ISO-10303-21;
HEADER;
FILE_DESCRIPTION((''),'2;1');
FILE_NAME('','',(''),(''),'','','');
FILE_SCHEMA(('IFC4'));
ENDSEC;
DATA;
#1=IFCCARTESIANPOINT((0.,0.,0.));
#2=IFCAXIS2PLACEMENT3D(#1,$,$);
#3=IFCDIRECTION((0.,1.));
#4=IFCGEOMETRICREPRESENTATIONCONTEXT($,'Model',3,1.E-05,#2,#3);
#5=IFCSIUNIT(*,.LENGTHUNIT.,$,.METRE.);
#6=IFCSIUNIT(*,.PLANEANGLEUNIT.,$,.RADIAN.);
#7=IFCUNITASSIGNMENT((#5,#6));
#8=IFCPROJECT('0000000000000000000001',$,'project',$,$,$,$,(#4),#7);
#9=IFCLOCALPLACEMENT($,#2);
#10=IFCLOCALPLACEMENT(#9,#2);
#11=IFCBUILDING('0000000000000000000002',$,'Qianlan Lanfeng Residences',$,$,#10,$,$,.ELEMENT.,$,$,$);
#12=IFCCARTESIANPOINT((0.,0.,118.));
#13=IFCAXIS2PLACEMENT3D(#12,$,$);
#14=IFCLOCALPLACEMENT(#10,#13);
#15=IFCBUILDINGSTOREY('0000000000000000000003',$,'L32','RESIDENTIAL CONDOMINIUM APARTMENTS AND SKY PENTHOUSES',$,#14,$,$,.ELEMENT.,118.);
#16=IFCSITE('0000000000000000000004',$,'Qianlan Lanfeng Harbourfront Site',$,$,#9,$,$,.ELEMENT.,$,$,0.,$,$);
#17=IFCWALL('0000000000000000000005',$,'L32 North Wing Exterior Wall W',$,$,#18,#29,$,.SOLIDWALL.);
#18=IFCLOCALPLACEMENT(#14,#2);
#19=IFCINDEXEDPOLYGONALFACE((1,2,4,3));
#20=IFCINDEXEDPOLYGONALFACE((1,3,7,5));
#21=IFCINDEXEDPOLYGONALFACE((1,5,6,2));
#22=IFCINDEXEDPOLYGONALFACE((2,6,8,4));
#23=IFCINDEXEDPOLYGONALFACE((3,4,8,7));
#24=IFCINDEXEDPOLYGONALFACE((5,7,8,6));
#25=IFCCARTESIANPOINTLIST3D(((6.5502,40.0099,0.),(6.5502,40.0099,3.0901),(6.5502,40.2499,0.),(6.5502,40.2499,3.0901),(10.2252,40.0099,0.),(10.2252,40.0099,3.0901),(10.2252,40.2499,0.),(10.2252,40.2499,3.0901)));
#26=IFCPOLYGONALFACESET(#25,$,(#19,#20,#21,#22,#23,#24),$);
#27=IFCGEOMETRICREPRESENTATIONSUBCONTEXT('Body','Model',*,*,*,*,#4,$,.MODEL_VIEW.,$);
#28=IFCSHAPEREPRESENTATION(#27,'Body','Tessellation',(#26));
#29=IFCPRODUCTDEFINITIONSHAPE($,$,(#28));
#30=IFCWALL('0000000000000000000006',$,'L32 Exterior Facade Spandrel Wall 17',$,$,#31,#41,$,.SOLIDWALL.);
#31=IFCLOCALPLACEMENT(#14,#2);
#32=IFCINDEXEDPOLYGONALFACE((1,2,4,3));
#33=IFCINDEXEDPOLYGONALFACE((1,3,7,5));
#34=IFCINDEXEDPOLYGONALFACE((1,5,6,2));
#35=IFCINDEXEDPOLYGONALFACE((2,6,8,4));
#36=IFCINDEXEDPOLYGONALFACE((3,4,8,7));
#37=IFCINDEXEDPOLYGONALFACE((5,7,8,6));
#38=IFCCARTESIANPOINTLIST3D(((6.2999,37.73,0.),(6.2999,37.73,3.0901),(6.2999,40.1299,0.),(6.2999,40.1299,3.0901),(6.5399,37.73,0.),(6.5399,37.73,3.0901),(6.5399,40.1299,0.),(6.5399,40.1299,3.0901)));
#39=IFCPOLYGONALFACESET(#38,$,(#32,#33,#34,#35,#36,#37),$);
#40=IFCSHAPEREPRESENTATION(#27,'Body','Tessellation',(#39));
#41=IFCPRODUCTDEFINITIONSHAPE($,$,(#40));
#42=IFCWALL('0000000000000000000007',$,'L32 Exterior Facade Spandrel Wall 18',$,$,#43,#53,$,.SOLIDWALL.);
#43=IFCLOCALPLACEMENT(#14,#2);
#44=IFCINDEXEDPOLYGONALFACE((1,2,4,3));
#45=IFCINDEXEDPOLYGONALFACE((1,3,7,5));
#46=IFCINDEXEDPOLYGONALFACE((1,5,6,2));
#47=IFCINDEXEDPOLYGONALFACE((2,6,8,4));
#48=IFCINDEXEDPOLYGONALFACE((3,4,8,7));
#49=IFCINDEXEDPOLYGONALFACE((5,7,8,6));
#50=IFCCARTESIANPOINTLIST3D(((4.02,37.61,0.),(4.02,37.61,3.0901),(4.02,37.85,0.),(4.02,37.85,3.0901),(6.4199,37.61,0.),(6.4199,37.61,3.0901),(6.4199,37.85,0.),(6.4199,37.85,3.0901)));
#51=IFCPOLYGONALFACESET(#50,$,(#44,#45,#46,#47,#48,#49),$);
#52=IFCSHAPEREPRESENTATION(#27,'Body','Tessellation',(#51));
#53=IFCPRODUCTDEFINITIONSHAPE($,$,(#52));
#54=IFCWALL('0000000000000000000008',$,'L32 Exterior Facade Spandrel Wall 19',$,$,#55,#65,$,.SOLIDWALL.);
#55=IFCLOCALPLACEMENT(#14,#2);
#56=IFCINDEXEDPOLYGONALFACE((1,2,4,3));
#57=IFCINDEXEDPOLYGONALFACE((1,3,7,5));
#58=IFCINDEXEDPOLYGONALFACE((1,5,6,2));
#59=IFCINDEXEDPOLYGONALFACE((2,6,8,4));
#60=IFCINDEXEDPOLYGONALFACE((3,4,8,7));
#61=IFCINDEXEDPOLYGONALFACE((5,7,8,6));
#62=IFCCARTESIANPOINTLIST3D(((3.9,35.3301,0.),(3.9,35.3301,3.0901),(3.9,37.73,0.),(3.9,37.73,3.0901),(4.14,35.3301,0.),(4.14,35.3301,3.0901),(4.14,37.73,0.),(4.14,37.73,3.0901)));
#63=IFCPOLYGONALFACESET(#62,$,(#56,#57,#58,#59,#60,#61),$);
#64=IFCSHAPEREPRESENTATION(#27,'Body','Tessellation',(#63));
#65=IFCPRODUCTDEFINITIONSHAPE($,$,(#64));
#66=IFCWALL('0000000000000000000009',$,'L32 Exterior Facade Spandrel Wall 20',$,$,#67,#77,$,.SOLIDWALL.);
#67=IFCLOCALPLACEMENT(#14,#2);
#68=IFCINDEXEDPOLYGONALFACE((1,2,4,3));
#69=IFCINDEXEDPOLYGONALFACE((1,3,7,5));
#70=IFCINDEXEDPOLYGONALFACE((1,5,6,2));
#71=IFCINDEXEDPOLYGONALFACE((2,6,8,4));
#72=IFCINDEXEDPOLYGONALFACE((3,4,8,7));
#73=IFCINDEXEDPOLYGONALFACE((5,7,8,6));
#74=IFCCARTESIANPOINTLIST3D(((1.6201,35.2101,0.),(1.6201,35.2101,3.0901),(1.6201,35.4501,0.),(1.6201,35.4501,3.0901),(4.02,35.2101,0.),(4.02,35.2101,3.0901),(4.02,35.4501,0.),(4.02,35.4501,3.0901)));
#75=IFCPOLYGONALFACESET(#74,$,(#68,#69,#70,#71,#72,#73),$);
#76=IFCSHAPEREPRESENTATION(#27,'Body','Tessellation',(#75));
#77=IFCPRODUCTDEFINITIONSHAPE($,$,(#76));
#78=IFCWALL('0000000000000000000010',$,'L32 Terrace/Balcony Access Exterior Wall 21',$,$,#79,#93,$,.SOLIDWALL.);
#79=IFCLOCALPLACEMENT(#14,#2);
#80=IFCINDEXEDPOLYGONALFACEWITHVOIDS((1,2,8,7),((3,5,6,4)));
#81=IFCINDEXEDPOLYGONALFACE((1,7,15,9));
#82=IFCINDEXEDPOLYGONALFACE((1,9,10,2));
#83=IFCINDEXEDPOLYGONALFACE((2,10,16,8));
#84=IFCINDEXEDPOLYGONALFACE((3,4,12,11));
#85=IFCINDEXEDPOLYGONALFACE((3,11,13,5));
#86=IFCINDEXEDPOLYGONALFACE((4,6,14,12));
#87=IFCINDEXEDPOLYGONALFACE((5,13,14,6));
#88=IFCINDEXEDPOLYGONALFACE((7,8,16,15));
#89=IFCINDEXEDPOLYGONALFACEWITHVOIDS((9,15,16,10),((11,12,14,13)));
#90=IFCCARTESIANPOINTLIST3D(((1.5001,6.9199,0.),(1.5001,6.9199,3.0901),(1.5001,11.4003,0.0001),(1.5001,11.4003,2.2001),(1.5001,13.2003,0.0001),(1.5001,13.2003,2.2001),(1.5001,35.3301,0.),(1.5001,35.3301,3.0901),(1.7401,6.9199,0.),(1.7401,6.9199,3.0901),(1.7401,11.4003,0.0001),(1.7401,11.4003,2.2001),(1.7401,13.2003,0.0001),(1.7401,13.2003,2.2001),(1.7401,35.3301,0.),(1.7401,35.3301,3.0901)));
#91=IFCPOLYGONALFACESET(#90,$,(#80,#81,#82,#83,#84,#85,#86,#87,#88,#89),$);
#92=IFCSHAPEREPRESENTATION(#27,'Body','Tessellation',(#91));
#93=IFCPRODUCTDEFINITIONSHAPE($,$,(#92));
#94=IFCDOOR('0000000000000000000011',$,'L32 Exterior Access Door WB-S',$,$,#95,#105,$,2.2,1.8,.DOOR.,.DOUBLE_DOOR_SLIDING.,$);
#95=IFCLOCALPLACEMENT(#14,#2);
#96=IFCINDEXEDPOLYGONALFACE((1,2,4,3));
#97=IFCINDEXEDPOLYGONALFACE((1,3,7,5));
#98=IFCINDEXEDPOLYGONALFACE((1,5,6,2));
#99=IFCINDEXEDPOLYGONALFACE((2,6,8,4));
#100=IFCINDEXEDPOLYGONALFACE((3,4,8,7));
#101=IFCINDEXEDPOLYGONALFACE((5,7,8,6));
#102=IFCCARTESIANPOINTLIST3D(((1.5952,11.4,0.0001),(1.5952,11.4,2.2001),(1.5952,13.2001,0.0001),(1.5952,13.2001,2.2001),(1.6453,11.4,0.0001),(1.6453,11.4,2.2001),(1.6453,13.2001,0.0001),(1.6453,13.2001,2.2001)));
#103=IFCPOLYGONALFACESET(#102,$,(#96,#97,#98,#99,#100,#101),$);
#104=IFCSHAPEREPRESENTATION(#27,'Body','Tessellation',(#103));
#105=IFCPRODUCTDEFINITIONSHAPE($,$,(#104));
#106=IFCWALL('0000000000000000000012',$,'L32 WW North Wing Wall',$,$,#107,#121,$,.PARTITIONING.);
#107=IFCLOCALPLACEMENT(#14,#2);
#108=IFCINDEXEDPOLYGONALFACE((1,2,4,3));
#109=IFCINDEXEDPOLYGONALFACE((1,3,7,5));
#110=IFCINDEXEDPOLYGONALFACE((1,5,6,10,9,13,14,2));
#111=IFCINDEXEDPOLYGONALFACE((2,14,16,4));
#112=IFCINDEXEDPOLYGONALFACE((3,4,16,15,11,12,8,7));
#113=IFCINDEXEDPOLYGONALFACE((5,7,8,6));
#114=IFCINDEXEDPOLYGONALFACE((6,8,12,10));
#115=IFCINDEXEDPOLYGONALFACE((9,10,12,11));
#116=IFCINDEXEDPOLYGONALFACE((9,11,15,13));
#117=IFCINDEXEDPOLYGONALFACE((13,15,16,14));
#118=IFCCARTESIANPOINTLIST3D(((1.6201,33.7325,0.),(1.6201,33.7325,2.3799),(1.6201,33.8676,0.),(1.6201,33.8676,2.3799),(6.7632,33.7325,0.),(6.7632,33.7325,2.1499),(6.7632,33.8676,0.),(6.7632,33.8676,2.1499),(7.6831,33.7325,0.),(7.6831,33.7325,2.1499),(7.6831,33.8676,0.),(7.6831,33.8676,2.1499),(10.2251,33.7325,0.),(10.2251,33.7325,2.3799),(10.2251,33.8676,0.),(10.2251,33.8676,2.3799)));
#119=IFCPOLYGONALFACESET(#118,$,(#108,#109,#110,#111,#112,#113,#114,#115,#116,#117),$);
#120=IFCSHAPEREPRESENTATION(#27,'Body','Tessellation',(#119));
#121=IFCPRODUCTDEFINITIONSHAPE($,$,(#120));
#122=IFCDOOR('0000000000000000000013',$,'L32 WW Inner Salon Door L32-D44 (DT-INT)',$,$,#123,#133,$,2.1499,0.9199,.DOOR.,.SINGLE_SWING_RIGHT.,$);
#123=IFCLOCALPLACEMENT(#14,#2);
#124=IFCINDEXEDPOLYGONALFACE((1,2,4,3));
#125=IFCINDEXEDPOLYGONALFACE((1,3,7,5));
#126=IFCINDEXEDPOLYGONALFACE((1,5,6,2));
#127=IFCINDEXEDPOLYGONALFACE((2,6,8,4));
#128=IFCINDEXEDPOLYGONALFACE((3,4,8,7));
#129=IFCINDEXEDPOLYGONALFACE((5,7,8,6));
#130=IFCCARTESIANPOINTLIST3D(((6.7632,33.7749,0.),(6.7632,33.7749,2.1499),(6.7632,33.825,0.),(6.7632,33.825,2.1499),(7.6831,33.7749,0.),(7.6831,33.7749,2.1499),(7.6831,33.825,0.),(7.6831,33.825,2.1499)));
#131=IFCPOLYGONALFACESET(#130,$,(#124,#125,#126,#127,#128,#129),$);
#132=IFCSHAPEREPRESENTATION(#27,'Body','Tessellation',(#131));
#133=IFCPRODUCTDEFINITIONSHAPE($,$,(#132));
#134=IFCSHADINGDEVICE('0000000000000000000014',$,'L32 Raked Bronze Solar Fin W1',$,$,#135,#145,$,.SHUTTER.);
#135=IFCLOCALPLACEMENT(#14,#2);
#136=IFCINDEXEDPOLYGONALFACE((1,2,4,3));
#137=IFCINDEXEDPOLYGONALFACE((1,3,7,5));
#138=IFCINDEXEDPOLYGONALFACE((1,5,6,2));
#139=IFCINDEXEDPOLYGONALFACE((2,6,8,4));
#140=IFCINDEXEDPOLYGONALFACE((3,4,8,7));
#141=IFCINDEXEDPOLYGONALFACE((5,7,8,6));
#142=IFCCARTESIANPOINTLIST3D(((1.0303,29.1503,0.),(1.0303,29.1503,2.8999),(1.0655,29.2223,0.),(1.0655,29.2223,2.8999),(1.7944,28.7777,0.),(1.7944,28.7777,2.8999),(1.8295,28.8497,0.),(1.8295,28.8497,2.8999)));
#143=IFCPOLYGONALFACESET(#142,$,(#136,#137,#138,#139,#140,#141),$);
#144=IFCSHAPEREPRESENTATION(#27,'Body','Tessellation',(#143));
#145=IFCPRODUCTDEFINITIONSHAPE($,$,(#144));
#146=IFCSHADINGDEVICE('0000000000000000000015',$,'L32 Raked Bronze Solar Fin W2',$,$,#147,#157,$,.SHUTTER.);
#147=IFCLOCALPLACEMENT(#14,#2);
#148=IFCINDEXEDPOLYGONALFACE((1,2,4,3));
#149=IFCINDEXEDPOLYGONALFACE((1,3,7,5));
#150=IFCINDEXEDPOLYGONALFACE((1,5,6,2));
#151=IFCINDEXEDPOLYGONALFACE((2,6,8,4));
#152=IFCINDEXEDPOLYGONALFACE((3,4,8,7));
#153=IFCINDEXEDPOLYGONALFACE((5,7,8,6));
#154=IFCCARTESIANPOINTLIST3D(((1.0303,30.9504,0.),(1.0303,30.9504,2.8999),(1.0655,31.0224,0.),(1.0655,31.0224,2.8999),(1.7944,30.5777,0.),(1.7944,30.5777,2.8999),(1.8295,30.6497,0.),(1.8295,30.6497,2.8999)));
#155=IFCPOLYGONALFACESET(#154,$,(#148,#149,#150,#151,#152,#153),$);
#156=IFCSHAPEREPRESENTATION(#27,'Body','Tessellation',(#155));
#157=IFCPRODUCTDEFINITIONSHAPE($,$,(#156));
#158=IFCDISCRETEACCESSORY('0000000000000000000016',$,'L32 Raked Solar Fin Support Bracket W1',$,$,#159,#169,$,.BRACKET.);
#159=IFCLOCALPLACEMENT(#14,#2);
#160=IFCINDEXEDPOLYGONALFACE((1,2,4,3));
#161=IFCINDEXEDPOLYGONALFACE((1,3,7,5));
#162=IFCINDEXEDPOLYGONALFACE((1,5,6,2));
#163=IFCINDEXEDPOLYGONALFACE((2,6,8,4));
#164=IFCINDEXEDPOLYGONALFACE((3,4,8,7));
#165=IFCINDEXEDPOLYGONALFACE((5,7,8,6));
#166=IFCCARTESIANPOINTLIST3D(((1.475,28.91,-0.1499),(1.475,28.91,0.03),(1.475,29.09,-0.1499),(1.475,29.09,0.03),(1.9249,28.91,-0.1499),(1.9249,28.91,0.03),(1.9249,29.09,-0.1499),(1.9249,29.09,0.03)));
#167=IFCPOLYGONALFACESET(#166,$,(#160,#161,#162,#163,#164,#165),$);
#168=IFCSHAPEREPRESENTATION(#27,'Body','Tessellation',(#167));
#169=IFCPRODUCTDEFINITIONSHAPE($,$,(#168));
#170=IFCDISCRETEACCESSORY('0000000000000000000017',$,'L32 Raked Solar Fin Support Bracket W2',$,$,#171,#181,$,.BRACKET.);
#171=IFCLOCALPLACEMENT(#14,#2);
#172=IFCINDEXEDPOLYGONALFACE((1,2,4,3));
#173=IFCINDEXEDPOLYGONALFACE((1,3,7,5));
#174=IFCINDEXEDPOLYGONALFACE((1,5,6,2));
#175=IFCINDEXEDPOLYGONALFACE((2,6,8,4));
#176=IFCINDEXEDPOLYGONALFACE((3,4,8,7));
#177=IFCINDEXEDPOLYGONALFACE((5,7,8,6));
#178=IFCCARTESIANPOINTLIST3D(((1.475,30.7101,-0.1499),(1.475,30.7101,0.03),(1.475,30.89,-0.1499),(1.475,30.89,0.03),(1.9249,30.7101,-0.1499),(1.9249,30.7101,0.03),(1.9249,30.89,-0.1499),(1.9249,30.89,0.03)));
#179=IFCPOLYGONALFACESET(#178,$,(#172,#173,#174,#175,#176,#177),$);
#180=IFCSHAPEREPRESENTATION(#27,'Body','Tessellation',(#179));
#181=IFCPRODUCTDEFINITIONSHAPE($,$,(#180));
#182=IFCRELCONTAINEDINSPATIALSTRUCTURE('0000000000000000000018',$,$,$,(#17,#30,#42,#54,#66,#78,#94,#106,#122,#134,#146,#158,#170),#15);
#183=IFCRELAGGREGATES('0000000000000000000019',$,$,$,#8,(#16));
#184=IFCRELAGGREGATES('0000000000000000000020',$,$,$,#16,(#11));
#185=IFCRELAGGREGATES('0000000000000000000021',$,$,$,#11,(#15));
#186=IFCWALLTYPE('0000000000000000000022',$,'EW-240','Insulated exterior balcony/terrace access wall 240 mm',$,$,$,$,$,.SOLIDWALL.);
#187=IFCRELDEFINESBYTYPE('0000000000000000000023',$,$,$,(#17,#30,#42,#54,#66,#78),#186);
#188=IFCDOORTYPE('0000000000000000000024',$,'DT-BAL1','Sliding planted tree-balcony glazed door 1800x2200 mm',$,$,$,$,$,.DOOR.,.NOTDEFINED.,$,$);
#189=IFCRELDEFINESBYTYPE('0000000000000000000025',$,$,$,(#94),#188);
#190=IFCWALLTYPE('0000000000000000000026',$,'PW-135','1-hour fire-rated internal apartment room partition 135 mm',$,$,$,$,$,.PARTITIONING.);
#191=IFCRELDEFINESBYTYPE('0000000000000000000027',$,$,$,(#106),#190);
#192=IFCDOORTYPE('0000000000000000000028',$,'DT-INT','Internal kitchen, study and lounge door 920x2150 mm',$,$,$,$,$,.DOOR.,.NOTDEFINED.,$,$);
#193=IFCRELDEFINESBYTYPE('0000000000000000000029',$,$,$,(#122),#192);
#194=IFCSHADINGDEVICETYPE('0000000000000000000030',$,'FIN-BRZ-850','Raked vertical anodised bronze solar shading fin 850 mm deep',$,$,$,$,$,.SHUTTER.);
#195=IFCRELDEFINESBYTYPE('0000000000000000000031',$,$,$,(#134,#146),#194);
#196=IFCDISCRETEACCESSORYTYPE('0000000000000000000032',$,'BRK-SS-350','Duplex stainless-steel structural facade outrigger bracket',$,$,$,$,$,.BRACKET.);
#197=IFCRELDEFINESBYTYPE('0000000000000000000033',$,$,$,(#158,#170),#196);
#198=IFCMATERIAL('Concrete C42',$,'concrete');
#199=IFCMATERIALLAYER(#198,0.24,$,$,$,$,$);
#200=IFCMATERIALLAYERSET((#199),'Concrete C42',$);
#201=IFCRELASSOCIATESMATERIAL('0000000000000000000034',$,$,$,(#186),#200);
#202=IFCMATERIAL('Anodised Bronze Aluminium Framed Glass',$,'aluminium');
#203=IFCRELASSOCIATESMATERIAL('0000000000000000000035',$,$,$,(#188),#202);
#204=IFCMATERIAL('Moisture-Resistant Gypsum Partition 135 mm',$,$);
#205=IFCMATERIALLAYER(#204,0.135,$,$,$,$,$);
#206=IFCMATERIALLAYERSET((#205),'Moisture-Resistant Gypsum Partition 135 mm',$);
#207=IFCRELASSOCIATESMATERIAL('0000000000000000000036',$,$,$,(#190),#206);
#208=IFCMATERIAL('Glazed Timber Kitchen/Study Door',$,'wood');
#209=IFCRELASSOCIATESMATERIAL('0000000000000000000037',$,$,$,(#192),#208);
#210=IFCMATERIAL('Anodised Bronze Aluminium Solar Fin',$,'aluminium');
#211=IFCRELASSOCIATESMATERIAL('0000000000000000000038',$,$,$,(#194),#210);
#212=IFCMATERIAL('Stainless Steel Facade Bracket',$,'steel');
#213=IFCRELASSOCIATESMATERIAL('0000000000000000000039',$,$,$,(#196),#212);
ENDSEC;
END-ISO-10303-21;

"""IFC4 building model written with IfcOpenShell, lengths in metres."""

from ifc_helpers import new_model, si_unit, direction, frame, frame_2d, origin, origin_2d, place, context, subcontext, project, spatial, rectangle, extrude, source, transform, mapped, material, layer, layer_set, type_object, element, fill, save


model = new_model("IFC4")

# Units and contexts
model_context = context("Model", 3, precision=1e-05, world=origin(), true_north=direction((0.0, 1.0)))
body_context = subcontext(model_context, "Body", "Model", "MODEL_VIEW")
ifc_project = project(units=[si_unit("LENGTHUNIT", "METRE"), si_unit("PLANEANGLEUNIT", "RADIAN")], contexts=[model_context])

# Site, building, storey
site_placement = place(None, origin())
site = spatial("IfcSite", under=ifc_project, at=site_placement, Name="Qianlan Lanfeng Harbourfront Site", CompositionType="ELEMENT", RefElevation=0.0)
building_placement = place(site_placement, origin())
building = spatial("IfcBuilding", under=site, at=building_placement, Name="Qianlan Lanfeng Residences", CompositionType="ELEMENT")
storey_placement = place(building_placement, frame((0.0, 0.0, 118.0)))
storey = spatial("IfcBuildingStorey", under=building, at=storey_placement, Name="L32", Description="RESIDENTIAL CONDOMINIUM APARTMENTS AND SKY PENTHOUSES", CompositionType="ELEMENT", Elevation=118.0)

# Walls
ifc_material_1 = material(Name="Concrete C42", Category="concrete")
ifc_layer_1 = layer(ifc_material_1, 0.24)
ifc_layer_set_1 = layer_set([ifc_layer_1], Name="Concrete C42")
wall_type_1 = type_object("IfcWallType", Name="EW-240", Description="Insulated exterior balcony/terrace access wall 240 mm", PredefinedType="SOLIDWALL", material=ifc_layer_set_1)
wall_1_placement = place(storey_placement, frame((10.2251, 40.1299, 0.0), z_axis=(0.0, 0.0, 1.0), x_axis=(-1.0, 0.0, 0.0)))
element("IfcWall", 1, at=wall_1_placement, inside=storey, type_object=wall_type_1, Name="L32 North Wing Exterior Wall W", PredefinedType="SOLIDWALL", context=body_context, shape_type="SweptSolid", body=[
    extrude(rectangle(XDim=3.675, YDim=0.24, at=frame_2d((1.8374, 0.0))), origin(), (0.0, 0.0, 1.0), 3.0901),
])
for number, where, z_axis, x_axis, name in (
    (2, (6.4199, 40.1299, 0.0), (0.0, 0.0, 1.0), (0.0, -1.0, 0.0), "L32 Exterior Facade Spandrel Wall 17"),
    (3, (6.4199, 37.73, 0.0), (0.0, 0.0, 1.0), (-1.0, 0.0, 0.0), "L32 Exterior Facade Spandrel Wall 18"),
    (4, (4.02, 37.73, 0.0), (0.0, 0.0, 1.0), (0.0, -1.0, 0.0), "L32 Exterior Facade Spandrel Wall 19"),
    (5, (4.02, 35.3301, 0.0), (0.0, 0.0, 1.0), (-1.0, 0.0, 0.0), "L32 Exterior Facade Spandrel Wall 20"),
):
    element("IfcWall", number, at=place(storey_placement, frame(where, z_axis=z_axis, x_axis=x_axis)), inside=storey, type_object=wall_type_1, Name=name, PredefinedType="SOLIDWALL", context=body_context, shape_type="SweptSolid", body=[
        extrude(rectangle(XDim=2.3999, YDim=0.24, at=frame_2d((1.2, 0.0))), origin(), (0.0, 0.0, 1.0), 3.0901),
    ])

# Walls, openings, doors
wall_2_placement = place(storey_placement, frame((1.6201, 35.3301, 0.0), z_axis=(0.0, 0.0, 1.0), x_axis=(0.0, -1.0, 0.0)))
wall_2 = element("IfcWall", 6, at=wall_2_placement, inside=storey, type_object=wall_type_1, Name="L32 Terrace/Balcony Access Exterior Wall 21", PredefinedType="SOLIDWALL", context=body_context, shape_type="SweptSolid", body=[
    extrude(rectangle(XDim=28.4102, YDim=0.24, at=frame_2d((14.2051, 0.0))), origin(), (0.0, 0.0, 1.0), 3.0901),
])
opening_1_placement = place(wall_2_placement, frame((22.1299, 0.0, 0.0)))
opening_1 = element("IfcOpeningElement", 7, at=opening_1_placement, cuts=wall_2, PredefinedType="OPENING", context=body_context, shape_type="SweptSolid", body=[
    extrude(rectangle(XDim=1.8, YDim=2.2, at=frame_2d((0.8999, 1.1001))), frame((0.0, 0.1299, 0.0), z_axis=(0.0, -1.0, 0.0), x_axis=(1.0, 0.0, 0.0)), (0.0, 0.0, 1.0), 0.26),
])
ifc_material_2 = material(Name="Anodised Bronze Aluminium Framed Glass", Category="aluminium")
door_type_1 = type_object("IfcDoorType", Name="DT-BAL1", Description="Sliding planted tree-balcony glazed door 1800x2200 mm", OperationType="NOTDEFINED", PredefinedType="DOOR", material=ifc_material_2)
door_1_placement = place(opening_1_placement, frame((1.8, 0.0, 0.0), z_axis=(0.0, 0.0, 1.0), x_axis=(-1.0, 0.0, 0.0)))
door_1 = element("IfcDoor", 8, at=door_1_placement, inside=storey, type_object=door_type_1, Name="L32 Exterior Access Door WB-S", OperationType="DOUBLE_DOOR_SLIDING", OverallHeight=2.2, OverallWidth=1.8, PredefinedType="DOOR", context=body_context, shape_type="SweptSolid", body=[
    extrude(rectangle(XDim=1.8, YDim=2.2, at=frame_2d((0.8999, 1.1001))), frame((0.0, 0.0249, 0.0), z_axis=(0.0, -1.0, 0.0), x_axis=(1.0, 0.0, 0.0)), (0.0, 0.0, 1.0), 0.05),
])
fill(opening_1, door_1)
ifc_material_3 = material(Name="Moisture-Resistant Gypsum Partition 135 mm")
ifc_layer_2 = layer(ifc_material_3, 0.135)
ifc_layer_set_2 = layer_set([ifc_layer_2], Name="Moisture-Resistant Gypsum Partition 135 mm")
wall_type_2 = type_object("IfcWallType", Name="PW-135", Description="1-hour fire-rated internal apartment room partition 135 mm", PredefinedType="PARTITIONING", material=ifc_layer_set_2)
wall_3_placement = place(storey_placement, frame((1.6201, 33.8, 0.0), z_axis=(0.0, 0.0, 1.0), x_axis=(1.0, 0.0, 0.0)))
wall_3 = element("IfcWall", 9, at=wall_3_placement, inside=storey, type_object=wall_type_2, Name="L32 WW North Wing Wall", PredefinedType="PARTITIONING", context=body_context, shape_type="SweptSolid", body=[
    extrude(rectangle(XDim=8.605, YDim=0.135, at=frame_2d((4.3025, 0.0))), origin(), (0.0, 0.0, 1.0), 2.3799),
])
opening_2_placement = place(wall_3_placement, frame((5.1431, 0.0, 0.0)))
opening_2 = element("IfcOpeningElement", 10, at=opening_2_placement, cuts=wall_3, PredefinedType="OPENING", context=body_context, shape_type="SweptSolid", body=[
    extrude(rectangle(XDim=0.9199, YDim=2.1499, at=frame_2d((0.46, 1.075))), frame((0.0, 0.0776, 0.0), z_axis=(0.0, -1.0, 0.0), x_axis=(1.0, 0.0, 0.0)), (0.0, 0.0, 1.0), 0.155),
])
ifc_material_4 = material(Name="Glazed Timber Kitchen/Study Door", Category="wood")
door_type_2 = type_object("IfcDoorType", Name="DT-INT", Description="Internal kitchen, study and lounge door 920x2150 mm", OperationType="NOTDEFINED", PredefinedType="DOOR", material=ifc_material_4)
door_2_placement = place(opening_2_placement, origin())
door_2 = element("IfcDoor", 11, at=door_2_placement, inside=storey, type_object=door_type_2, Name="L32 WW Inner Salon Door L32-D44 (DT-INT)", OperationType="SINGLE_SWING_RIGHT", OverallHeight=2.1499, OverallWidth=0.9199, PredefinedType="DOOR", context=body_context, shape_type="SweptSolid", body=[
    extrude(rectangle(XDim=0.9199, YDim=2.1499, at=frame_2d((0.46, 1.075))), frame((0.0, 0.0249, 0.0), z_axis=(0.0, -1.0, 0.0), x_axis=(1.0, 0.0, 0.0)), (0.0, 0.0, 1.0), 0.05),
])
fill(opening_2, door_2)

# Shading devices
ifc_material_5 = material(Name="Anodised Bronze Aluminium Solar Fin", Category="aluminium")
shading_device_type = type_object("IfcShadingDeviceType", Name="FIN-BRZ-850", Description="Raked vertical anodised bronze solar shading fin 850 mm deep", PredefinedType="SHUTTER", material=ifc_material_5)
shared_shape_1 = source(origin(), body_context, "Body", "SweptSolid", [
    extrude(rectangle(XDim=0.8501, YDim=0.0801, at=origin_2d()), origin(), (0.0, 0.0, 1.0), 2.8999),
])
for number, where, z_axis, x_axis, name in (
    (12, (1.4299, 29.0, 0.0), (0.0, 0.0, 1.0), (0.898794, -0.438371, 0.0), "L32 Raked Bronze Solar Fin W1"),
    (13, (1.4299, 30.8, 0.0), (0.0, 0.0, 1.0), (0.898794, -0.438371, 0.0), "L32 Raked Bronze Solar Fin W2"),
):
    element("IfcShadingDevice", number, at=place(storey_placement, frame(where, z_axis=z_axis, x_axis=x_axis)), inside=storey, type_object=shading_device_type, Name=name, PredefinedType="SHUTTER", context=body_context, shape_type="MappedRepresentation", body=[
        mapped(shared_shape_1, transform((0.0, 0.0, 0.0), scale=1.0)),
    ])

# Discrete accessories
ifc_material_6 = material(Name="Stainless Steel Facade Bracket", Category="steel")
discrete_accessory_type = type_object("IfcDiscreteAccessoryType", Name="BRK-SS-350", Description="Duplex stainless-steel structural facade outrigger bracket", PredefinedType="BRACKET", material=ifc_material_6)
shared_shape_2 = source(origin(), body_context, "Body", "SweptSolid", [
    extrude(rectangle(XDim=0.45, YDim=0.1799, at=origin_2d()), origin(), (0.0, 0.0, 1.0), 0.1799),
])
for number, where, z_axis, x_axis, name in (
    (14, (1.7, 29.0, -0.1499), (0.0, 0.0, 1.0), (1.0, 0.0, 0.0), "L32 Raked Solar Fin Support Bracket W1"),
    (15, (1.7, 30.8, -0.1499), (0.0, 0.0, 1.0), (1.0, 0.0, 0.0), "L32 Raked Solar Fin Support Bracket W2"),
):
    element("IfcDiscreteAccessory", number, at=place(storey_placement, frame(where, z_axis=z_axis, x_axis=x_axis)), inside=storey, type_object=discrete_accessory_type, Name=name, PredefinedType="BRACKET", context=body_context, shape_type="MappedRepresentation", body=[
        mapped(shared_shape_2, transform((0.0, 0.0, 0.0), scale=1.0)),
    ])

save(model, "model.ifc")
